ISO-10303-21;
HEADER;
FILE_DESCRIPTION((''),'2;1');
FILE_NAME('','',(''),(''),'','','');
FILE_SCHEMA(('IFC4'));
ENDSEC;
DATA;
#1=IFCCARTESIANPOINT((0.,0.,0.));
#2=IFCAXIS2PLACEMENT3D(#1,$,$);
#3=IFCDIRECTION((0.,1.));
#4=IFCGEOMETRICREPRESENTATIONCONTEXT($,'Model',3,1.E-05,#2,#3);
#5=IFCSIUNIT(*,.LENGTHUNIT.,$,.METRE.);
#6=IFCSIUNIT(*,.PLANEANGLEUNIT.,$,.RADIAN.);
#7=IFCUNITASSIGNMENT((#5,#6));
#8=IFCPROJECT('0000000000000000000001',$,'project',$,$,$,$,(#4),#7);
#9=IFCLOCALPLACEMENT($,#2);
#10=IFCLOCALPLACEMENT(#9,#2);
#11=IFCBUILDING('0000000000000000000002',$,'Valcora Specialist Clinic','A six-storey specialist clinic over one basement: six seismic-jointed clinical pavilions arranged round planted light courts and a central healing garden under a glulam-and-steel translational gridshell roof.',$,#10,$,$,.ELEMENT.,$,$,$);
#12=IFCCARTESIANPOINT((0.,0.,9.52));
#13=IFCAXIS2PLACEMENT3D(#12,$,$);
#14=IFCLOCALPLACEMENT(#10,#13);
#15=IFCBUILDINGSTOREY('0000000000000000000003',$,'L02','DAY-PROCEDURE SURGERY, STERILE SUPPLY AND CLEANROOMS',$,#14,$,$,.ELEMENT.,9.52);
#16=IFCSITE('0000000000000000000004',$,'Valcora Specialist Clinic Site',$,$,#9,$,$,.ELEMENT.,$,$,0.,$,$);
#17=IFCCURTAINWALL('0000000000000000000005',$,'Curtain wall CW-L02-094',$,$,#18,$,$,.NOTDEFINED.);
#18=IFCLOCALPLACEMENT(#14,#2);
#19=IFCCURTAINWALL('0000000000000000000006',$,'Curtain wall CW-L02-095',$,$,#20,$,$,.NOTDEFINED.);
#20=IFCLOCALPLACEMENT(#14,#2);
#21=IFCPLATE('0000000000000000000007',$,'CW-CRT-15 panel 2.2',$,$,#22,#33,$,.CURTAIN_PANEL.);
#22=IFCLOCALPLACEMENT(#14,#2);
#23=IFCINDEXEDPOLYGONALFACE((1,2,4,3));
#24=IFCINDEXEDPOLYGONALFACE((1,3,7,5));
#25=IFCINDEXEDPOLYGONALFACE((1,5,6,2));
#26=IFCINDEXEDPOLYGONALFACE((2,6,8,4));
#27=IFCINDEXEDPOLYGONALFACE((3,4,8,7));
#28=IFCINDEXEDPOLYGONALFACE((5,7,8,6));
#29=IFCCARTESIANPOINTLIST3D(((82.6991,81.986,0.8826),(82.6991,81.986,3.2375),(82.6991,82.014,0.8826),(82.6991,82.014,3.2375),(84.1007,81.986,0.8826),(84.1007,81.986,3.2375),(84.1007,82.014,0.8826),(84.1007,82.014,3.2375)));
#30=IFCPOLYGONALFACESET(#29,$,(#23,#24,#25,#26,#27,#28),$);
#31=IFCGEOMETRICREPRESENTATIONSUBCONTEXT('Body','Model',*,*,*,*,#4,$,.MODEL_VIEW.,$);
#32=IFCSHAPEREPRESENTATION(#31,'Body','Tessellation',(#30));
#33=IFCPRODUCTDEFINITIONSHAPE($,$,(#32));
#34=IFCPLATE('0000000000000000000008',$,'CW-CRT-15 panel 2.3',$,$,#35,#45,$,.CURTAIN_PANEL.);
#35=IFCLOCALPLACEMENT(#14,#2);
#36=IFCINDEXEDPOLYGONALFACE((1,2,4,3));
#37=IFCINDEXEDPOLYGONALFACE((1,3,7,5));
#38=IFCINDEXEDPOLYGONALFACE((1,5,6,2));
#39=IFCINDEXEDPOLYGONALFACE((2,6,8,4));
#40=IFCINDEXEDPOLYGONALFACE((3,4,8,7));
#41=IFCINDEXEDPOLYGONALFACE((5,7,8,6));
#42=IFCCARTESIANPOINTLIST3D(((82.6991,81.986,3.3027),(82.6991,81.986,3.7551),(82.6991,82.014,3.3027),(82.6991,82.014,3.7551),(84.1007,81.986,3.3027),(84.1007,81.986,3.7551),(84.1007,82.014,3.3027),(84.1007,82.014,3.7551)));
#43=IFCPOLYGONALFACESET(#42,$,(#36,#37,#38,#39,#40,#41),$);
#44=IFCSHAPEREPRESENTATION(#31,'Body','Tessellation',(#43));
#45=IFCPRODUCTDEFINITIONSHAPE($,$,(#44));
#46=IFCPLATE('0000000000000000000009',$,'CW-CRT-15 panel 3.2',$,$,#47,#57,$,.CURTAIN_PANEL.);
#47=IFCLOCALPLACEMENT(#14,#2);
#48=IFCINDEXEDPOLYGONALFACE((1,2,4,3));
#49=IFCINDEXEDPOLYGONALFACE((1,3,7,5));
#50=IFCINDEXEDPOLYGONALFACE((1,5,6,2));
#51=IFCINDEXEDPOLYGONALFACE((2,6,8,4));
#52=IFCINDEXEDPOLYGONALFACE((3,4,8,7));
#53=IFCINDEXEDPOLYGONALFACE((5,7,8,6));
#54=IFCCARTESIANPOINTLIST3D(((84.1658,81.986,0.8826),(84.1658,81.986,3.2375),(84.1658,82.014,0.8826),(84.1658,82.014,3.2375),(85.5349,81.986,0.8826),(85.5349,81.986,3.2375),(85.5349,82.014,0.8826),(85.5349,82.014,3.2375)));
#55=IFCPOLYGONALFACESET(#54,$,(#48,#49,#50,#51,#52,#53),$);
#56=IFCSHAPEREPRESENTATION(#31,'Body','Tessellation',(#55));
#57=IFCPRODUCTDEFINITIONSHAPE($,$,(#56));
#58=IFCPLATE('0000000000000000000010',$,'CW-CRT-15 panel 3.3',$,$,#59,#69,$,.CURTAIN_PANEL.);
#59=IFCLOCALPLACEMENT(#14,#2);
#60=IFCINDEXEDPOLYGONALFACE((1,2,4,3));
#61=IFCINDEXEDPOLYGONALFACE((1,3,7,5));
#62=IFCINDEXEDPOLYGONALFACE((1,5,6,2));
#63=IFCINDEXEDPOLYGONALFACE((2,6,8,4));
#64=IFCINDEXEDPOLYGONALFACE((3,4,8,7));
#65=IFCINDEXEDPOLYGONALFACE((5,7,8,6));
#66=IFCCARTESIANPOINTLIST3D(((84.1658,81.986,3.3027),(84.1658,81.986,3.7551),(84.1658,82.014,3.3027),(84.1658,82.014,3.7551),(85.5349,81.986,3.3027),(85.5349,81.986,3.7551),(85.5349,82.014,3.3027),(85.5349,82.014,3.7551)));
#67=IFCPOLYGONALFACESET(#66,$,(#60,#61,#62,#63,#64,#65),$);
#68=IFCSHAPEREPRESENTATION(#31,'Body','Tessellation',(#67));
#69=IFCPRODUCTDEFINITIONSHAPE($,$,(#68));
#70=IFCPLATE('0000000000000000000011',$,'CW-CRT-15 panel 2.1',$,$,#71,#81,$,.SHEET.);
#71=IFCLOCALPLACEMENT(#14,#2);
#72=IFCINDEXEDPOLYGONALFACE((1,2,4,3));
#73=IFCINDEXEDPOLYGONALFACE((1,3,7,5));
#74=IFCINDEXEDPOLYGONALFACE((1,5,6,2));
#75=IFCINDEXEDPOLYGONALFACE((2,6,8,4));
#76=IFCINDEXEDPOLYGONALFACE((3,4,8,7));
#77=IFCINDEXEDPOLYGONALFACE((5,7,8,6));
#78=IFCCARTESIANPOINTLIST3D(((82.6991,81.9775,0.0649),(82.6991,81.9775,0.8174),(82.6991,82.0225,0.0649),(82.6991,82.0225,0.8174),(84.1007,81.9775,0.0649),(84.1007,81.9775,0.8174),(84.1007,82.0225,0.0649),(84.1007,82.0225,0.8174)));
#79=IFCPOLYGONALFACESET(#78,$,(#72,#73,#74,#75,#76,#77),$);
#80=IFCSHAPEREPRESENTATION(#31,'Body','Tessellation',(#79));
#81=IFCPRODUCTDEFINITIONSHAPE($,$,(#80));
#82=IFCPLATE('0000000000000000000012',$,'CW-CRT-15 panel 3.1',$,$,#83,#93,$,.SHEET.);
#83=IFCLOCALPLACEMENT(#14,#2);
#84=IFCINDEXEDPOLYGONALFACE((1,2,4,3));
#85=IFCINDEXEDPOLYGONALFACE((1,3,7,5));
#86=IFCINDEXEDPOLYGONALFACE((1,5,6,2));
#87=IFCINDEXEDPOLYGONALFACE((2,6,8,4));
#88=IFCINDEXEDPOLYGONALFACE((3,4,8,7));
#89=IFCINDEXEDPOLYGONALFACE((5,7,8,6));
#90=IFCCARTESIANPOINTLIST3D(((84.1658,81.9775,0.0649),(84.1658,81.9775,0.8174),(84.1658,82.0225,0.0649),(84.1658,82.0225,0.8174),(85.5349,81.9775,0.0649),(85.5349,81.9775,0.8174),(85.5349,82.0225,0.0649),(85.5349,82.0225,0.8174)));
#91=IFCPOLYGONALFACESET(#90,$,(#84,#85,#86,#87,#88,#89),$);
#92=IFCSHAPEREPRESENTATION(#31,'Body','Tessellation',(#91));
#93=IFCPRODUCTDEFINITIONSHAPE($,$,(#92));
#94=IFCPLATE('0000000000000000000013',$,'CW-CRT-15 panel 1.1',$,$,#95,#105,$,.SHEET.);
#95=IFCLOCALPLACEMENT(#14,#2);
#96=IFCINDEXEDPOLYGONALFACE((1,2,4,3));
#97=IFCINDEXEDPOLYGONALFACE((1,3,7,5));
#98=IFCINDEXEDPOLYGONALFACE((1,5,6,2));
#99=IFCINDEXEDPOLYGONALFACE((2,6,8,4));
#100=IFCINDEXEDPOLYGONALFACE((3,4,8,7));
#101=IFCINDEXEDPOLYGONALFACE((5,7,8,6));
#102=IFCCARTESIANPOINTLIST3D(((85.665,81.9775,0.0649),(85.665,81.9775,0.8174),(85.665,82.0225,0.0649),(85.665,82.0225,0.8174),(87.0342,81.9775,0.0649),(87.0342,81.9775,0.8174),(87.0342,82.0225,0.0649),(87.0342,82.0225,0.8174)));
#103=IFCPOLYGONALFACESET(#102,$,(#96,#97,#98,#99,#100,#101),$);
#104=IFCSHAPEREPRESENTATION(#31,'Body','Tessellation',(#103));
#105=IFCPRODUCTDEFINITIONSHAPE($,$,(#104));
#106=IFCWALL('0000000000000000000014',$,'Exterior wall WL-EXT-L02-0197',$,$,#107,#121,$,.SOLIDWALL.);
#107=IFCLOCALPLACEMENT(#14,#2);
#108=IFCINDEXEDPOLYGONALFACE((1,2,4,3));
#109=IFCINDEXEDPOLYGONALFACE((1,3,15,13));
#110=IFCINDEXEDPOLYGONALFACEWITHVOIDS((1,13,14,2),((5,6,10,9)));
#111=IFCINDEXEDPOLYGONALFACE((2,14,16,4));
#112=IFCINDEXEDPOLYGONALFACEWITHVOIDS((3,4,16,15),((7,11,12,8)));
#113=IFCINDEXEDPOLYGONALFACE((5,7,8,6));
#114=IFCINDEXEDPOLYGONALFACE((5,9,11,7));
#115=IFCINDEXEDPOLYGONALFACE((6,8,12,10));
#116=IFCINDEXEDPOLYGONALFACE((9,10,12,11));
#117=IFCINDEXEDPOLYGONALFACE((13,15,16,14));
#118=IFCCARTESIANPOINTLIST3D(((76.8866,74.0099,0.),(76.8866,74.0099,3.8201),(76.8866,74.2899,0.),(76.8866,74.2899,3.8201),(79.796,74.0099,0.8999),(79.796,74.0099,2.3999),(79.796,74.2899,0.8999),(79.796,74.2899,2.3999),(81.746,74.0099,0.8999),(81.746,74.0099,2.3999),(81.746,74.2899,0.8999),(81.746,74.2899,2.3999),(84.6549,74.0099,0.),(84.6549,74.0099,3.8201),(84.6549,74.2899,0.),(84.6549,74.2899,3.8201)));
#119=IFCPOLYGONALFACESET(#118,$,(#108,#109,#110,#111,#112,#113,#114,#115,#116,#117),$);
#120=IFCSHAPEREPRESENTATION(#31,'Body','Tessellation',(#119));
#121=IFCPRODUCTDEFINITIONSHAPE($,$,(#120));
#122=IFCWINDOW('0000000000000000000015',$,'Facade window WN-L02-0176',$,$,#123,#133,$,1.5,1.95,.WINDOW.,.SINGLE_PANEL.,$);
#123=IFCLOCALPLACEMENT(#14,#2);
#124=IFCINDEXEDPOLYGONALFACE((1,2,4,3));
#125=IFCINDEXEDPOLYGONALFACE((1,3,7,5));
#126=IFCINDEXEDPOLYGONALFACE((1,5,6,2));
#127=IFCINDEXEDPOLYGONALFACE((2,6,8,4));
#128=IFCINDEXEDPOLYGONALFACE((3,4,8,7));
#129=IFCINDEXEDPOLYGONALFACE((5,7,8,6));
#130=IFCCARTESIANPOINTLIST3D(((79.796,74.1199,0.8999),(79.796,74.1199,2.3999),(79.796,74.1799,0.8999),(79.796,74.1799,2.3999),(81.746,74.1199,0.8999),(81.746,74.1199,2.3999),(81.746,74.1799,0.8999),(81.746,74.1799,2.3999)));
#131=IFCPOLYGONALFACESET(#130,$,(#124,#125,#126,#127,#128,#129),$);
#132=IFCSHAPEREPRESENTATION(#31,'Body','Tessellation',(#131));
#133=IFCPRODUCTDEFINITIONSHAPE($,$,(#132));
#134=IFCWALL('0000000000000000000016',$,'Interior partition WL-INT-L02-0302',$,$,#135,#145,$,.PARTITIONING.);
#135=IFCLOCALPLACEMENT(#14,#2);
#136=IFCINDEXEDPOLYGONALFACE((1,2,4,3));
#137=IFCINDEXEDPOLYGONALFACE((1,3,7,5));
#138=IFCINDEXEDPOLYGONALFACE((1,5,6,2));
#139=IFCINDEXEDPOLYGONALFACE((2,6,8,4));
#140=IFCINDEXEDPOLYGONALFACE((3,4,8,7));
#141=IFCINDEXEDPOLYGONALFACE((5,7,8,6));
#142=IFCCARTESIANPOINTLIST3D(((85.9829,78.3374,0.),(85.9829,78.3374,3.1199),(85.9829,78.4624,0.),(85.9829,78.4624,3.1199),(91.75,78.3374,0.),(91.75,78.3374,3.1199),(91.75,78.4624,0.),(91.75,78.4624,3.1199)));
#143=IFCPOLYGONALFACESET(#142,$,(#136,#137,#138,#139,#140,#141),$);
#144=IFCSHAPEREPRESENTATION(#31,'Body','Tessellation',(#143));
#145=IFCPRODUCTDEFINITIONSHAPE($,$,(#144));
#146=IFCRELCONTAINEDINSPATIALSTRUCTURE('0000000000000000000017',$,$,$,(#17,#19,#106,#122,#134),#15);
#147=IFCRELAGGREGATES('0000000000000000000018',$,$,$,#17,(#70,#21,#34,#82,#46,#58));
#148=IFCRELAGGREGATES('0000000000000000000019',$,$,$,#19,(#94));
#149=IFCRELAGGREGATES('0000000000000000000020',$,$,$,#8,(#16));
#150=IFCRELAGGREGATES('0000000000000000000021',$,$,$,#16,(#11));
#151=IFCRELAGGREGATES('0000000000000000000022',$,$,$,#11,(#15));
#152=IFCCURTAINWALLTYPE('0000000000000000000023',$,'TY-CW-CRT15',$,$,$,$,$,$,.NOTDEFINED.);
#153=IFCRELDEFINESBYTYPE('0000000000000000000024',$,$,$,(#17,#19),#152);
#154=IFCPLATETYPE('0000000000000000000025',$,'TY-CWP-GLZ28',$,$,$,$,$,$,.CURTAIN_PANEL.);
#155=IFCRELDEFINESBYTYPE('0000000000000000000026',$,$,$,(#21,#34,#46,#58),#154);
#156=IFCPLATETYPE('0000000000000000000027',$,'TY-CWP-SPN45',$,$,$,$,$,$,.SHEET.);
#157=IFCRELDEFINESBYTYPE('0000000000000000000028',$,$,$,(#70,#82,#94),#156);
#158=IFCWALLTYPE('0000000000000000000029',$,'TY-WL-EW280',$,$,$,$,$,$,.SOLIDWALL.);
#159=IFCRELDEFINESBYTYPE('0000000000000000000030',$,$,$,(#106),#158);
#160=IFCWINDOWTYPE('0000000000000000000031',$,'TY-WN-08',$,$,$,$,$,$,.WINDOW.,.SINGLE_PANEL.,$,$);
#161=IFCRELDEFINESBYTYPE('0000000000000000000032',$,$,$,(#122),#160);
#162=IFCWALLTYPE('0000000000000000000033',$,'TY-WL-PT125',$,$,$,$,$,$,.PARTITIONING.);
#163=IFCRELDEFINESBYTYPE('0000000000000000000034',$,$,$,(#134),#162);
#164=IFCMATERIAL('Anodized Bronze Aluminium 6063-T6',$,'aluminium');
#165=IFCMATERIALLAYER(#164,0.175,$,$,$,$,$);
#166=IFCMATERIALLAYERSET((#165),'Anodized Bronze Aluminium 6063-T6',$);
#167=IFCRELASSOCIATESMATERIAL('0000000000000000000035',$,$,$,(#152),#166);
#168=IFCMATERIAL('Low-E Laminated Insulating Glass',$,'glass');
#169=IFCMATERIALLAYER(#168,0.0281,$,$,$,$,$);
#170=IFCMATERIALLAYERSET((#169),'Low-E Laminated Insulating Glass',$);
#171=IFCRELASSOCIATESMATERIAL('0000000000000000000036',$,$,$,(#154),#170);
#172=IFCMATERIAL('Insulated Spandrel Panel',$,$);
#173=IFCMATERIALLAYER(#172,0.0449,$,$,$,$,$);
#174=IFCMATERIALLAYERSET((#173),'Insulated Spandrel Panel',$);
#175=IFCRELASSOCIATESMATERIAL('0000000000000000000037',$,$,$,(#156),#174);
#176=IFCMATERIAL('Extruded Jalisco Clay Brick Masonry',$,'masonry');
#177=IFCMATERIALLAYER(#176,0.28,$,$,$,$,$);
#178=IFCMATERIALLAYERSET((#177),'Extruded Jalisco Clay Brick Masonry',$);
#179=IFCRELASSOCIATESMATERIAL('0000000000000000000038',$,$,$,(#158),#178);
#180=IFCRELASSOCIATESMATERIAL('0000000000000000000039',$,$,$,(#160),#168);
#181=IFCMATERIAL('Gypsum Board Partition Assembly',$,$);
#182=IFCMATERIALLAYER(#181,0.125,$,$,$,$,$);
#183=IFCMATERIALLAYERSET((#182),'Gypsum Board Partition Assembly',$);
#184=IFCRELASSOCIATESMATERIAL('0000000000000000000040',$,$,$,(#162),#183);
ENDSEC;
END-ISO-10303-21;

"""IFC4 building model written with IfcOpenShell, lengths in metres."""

from ifc_helpers import new_model, si_unit, direction, frame, frame_2d, origin, origin_2d, place, context, subcontext, project, spatial, rectangle, extrude, material, layer, layer_set, type_object, element, fill, aggregate, save


model = new_model("IFC4")

# Units and contexts
model_context = context("Model", 3, precision=1e-05, world=origin(), true_north=direction((0.0, 1.0)))
body_context = subcontext(model_context, "Body", "Model", "MODEL_VIEW")
ifc_project = project(units=[si_unit("LENGTHUNIT", "METRE"), si_unit("PLANEANGLEUNIT", "RADIAN")], contexts=[model_context])

# Site, building, storey
site_placement = place(None, origin())
site = spatial("IfcSite", under=ifc_project, at=site_placement, Name="Valcora Specialist Clinic Site", CompositionType="ELEMENT", RefElevation=0.0)
building_placement = place(site_placement, origin())
building = spatial("IfcBuilding", under=site, at=building_placement, Name="Valcora Specialist Clinic", Description="A six-storey specialist clinic over one basement: six seismic-jointed clinical pavilions arranged round planted light courts and a central healing garden under a glulam-and-steel translational gridshell roof.", CompositionType="ELEMENT")
storey_placement = place(building_placement, frame((0.0, 0.0, 9.52)))
storey = spatial("IfcBuildingStorey", under=building, at=storey_placement, Name="L02", Description="DAY-PROCEDURE SURGERY, STERILE SUPPLY AND CLEANROOMS", CompositionType="ELEMENT", Elevation=9.52)

# Curtain wall
ifc_material_1 = material(Name="Anodized Bronze Aluminium 6063-T6", Category="aluminium")
ifc_layer_1 = layer(ifc_material_1, 0.175)
ifc_layer_set_1 = layer_set([ifc_layer_1], Name="Anodized Bronze Aluminium 6063-T6")
curtain_wall_type = type_object("IfcCurtainWallType", Name="TY-CW-CRT15", PredefinedType="NOTDEFINED", material=ifc_layer_set_1)
curtain_wall_1_placement = place(storey_placement, origin())
curtain_wall_1 = element("IfcCurtainWall", 1, at=curtain_wall_1_placement, inside=storey, type_object=curtain_wall_type, Name="Curtain wall CW-L02-094", PredefinedType="NOTDEFINED")

# Curtain wall
curtain_wall_2_placement = place(storey_placement, origin())
curtain_wall_2 = element("IfcCurtainWall", 2, at=curtain_wall_2_placement, inside=storey, type_object=curtain_wall_type, Name="Curtain wall CW-L02-095", PredefinedType="NOTDEFINED")

# Plates
ifc_material_2 = material(Name="Low-E Laminated Insulating Glass", Category="glass")
ifc_layer_2 = layer(ifc_material_2, 0.0281)
ifc_layer_set_2 = layer_set([ifc_layer_2], Name="Low-E Laminated Insulating Glass")
plate_type_1 = type_object("IfcPlateType", Name="TY-CWP-GLZ28", PredefinedType="CURTAIN_PANEL", material=ifc_layer_set_2)
plate_1_placement = place(storey_placement, frame((83.3999, 82.0, 0.8826), z_axis=(0.0, 0.0, 1.0), x_axis=(1.0, 0.0, 0.0)))
plate_1 = element("IfcPlate", 3, at=plate_1_placement, type_object=plate_type_1, Name="CW-CRT-15 panel 2.2", PredefinedType="CURTAIN_PANEL", context=body_context, shape_type="SweptSolid", body=[
    extrude(rectangle(XDim=1.4016, YDim=0.0281, at=origin_2d()), origin(), (0.0, 0.0, 1.0), 2.355),
])
plate_2_placement = place(storey_placement, frame((83.3999, 82.0, 3.3027), z_axis=(0.0, 0.0, 1.0), x_axis=(1.0, 0.0, 0.0)))
plate_2 = element("IfcPlate", 4, at=plate_2_placement, type_object=plate_type_1, Name="CW-CRT-15 panel 2.3", PredefinedType="CURTAIN_PANEL", context=body_context, shape_type="SweptSolid", body=[
    extrude(rectangle(XDim=1.4016, YDim=0.0281, at=origin_2d()), origin(), (0.0, 0.0, 1.0), 0.4524),
])
plate_3_placement = place(storey_placement, frame((84.8503, 82.0, 0.8826), z_axis=(0.0, 0.0, 1.0), x_axis=(1.0, 0.0, 0.0)))
plate_3 = element("IfcPlate", 5, at=plate_3_placement, type_object=plate_type_1, Name="CW-CRT-15 panel 3.2", PredefinedType="CURTAIN_PANEL", context=body_context, shape_type="SweptSolid", body=[
    extrude(rectangle(XDim=1.3691, YDim=0.0281, at=origin_2d()), origin(), (0.0, 0.0, 1.0), 2.355),
])
plate_4_placement = place(storey_placement, frame((84.8503, 82.0, 3.3027), z_axis=(0.0, 0.0, 1.0), x_axis=(1.0, 0.0, 0.0)))
plate_4 = element("IfcPlate", 6, at=plate_4_placement, type_object=plate_type_1, Name="CW-CRT-15 panel 3.3", PredefinedType="CURTAIN_PANEL", context=body_context, shape_type="SweptSolid", body=[
    extrude(rectangle(XDim=1.3691, YDim=0.0281, at=origin_2d()), origin(), (0.0, 0.0, 1.0), 0.4524),
])
ifc_material_3 = material(Name="Insulated Spandrel Panel")
ifc_layer_3 = layer(ifc_material_3, 0.0449)
ifc_layer_set_3 = layer_set([ifc_layer_3], Name="Insulated Spandrel Panel")
plate_type_2 = type_object("IfcPlateType", Name="TY-CWP-SPN45", PredefinedType="SHEET", material=ifc_layer_set_3)
plate_5_placement = place(storey_placement, frame((83.3999, 82.0, 0.0649), z_axis=(0.0, 0.0, 1.0), x_axis=(1.0, 0.0, 0.0)))
plate_5 = element("IfcPlate", 7, at=plate_5_placement, type_object=plate_type_2, Name="CW-CRT-15 panel 2.1", PredefinedType="SHEET", context=body_context, shape_type="SweptSolid", body=[
    extrude(rectangle(XDim=1.4016, YDim=0.0449, at=origin_2d()), origin(), (0.0, 0.0, 1.0), 0.7524),
])
plate_6_placement = place(storey_placement, frame((84.8503, 82.0, 0.0649), z_axis=(0.0, 0.0, 1.0), x_axis=(1.0, 0.0, 0.0)))
plate_6 = element("IfcPlate", 8, at=plate_6_placement, type_object=plate_type_2, Name="CW-CRT-15 panel 3.1", PredefinedType="SHEET", context=body_context, shape_type="SweptSolid", body=[
    extrude(rectangle(XDim=1.3691, YDim=0.0449, at=origin_2d()), origin(), (0.0, 0.0, 1.0), 0.7524),
])
aggregate(curtain_wall_1, [plate_5, plate_1, plate_2, plate_6, plate_3, plate_4])
plate_7_placement = place(storey_placement, frame((86.3496, 82.0, 0.0649), z_axis=(0.0, 0.0, 1.0), x_axis=(1.0, 0.0, 0.0)))
plate_7 = element("IfcPlate", 9, at=plate_7_placement, type_object=plate_type_2, Name="CW-CRT-15 panel 1.1", PredefinedType="SHEET", context=body_context, shape_type="SweptSolid", body=[
    extrude(rectangle(XDim=1.3691, YDim=0.0449, at=origin_2d()), origin(), (0.0, 0.0, 1.0), 0.7524),
])
aggregate(curtain_wall_2, [plate_7])

# Wall, opening, window
ifc_material_4 = material(Name="Extruded Jalisco Clay Brick Masonry", Category="masonry")
ifc_layer_4 = layer(ifc_material_4, 0.28)
ifc_layer_set_4 = layer_set([ifc_layer_4], Name="Extruded Jalisco Clay Brick Masonry")
wall_type_1 = type_object("IfcWallType", Name="TY-WL-EW280", PredefinedType="SOLIDWALL", material=ifc_layer_set_4)
wall_1_placement = place(storey_placement, frame((84.655, 74.1499, 0.0), z_axis=(0.0, 0.0, 1.0), x_axis=(-1.0, 0.0, 0.0)))
wall_1 = element("IfcWall", 10, at=wall_1_placement, inside=storey, type_object=wall_type_1, Name="Exterior wall WL-EXT-L02-0197", PredefinedType="SOLIDWALL", context=body_context, shape_type="SweptSolid", body=[
    extrude(rectangle(XDim=7.7683, YDim=0.28, at=frame_2d((3.8843, 0.0))), origin(), (0.0, 0.0, 1.0), 3.8201),
])
opening_placement = place(wall_1_placement, frame((2.9089, 0.0, 0.8999)))
opening = element("IfcOpeningElement", 11, at=opening_placement, cuts=wall_1, PredefinedType="OPENING", context=body_context, shape_type="SweptSolid", body=[
    extrude(rectangle(XDim=1.95, YDim=1.5, at=frame_2d((0.9751, 0.75))), frame((0.0, 0.1499, 0.0), z_axis=(0.0, -1.0, 0.0), x_axis=(1.0, 0.0, 0.0)), (0.0, 0.0, 1.0), 0.3),
])
window_type = type_object("IfcWindowType", Name="TY-WN-08", PartitioningType="SINGLE_PANEL", PredefinedType="WINDOW", material=ifc_material_2)
window_placement = place(opening_placement, origin())
window = element("IfcWindow", 12, at=window_placement, inside=storey, type_object=window_type, Name="Facade window WN-L02-0176", OverallHeight=1.5, OverallWidth=1.95, PartitioningType="SINGLE_PANEL", PredefinedType="WINDOW", context=body_context, shape_type="SweptSolid", body=[
    extrude(rectangle(XDim=1.95, YDim=1.5, at=frame_2d((0.9751, 0.75))), frame((0.0, 0.03, 0.0), z_axis=(0.0, -1.0, 0.0), x_axis=(1.0, 0.0, 0.0)), (0.0, 0.0, 1.0), 0.0601),
])
fill(opening, window)

# Wall
ifc_material_5 = material(Name="Gypsum Board Partition Assembly")
ifc_layer_5 = layer(ifc_material_5, 0.125)
ifc_layer_set_5 = layer_set([ifc_layer_5], Name="Gypsum Board Partition Assembly")
wall_type_2 = type_object("IfcWallType", Name="TY-WL-PT125", PredefinedType="PARTITIONING", material=ifc_layer_set_5)
wall_2_placement = place(storey_placement, frame((85.9829, 78.3999, 0.0), z_axis=(0.0, 0.0, 1.0), x_axis=(1.0, 0.0, 0.0)))
element("IfcWall", 13, at=wall_2_placement, inside=storey, type_object=wall_type_2, Name="Interior partition WL-INT-L02-0302", PredefinedType="PARTITIONING", context=body_context, shape_type="SweptSolid", body=[
    extrude(rectangle(XDim=5.7671, YDim=0.125, at=frame_2d((2.8835, 0.0))), origin(), (0.0, 0.0, 1.0), 3.1199),
])

save(model, "model.ifc")
